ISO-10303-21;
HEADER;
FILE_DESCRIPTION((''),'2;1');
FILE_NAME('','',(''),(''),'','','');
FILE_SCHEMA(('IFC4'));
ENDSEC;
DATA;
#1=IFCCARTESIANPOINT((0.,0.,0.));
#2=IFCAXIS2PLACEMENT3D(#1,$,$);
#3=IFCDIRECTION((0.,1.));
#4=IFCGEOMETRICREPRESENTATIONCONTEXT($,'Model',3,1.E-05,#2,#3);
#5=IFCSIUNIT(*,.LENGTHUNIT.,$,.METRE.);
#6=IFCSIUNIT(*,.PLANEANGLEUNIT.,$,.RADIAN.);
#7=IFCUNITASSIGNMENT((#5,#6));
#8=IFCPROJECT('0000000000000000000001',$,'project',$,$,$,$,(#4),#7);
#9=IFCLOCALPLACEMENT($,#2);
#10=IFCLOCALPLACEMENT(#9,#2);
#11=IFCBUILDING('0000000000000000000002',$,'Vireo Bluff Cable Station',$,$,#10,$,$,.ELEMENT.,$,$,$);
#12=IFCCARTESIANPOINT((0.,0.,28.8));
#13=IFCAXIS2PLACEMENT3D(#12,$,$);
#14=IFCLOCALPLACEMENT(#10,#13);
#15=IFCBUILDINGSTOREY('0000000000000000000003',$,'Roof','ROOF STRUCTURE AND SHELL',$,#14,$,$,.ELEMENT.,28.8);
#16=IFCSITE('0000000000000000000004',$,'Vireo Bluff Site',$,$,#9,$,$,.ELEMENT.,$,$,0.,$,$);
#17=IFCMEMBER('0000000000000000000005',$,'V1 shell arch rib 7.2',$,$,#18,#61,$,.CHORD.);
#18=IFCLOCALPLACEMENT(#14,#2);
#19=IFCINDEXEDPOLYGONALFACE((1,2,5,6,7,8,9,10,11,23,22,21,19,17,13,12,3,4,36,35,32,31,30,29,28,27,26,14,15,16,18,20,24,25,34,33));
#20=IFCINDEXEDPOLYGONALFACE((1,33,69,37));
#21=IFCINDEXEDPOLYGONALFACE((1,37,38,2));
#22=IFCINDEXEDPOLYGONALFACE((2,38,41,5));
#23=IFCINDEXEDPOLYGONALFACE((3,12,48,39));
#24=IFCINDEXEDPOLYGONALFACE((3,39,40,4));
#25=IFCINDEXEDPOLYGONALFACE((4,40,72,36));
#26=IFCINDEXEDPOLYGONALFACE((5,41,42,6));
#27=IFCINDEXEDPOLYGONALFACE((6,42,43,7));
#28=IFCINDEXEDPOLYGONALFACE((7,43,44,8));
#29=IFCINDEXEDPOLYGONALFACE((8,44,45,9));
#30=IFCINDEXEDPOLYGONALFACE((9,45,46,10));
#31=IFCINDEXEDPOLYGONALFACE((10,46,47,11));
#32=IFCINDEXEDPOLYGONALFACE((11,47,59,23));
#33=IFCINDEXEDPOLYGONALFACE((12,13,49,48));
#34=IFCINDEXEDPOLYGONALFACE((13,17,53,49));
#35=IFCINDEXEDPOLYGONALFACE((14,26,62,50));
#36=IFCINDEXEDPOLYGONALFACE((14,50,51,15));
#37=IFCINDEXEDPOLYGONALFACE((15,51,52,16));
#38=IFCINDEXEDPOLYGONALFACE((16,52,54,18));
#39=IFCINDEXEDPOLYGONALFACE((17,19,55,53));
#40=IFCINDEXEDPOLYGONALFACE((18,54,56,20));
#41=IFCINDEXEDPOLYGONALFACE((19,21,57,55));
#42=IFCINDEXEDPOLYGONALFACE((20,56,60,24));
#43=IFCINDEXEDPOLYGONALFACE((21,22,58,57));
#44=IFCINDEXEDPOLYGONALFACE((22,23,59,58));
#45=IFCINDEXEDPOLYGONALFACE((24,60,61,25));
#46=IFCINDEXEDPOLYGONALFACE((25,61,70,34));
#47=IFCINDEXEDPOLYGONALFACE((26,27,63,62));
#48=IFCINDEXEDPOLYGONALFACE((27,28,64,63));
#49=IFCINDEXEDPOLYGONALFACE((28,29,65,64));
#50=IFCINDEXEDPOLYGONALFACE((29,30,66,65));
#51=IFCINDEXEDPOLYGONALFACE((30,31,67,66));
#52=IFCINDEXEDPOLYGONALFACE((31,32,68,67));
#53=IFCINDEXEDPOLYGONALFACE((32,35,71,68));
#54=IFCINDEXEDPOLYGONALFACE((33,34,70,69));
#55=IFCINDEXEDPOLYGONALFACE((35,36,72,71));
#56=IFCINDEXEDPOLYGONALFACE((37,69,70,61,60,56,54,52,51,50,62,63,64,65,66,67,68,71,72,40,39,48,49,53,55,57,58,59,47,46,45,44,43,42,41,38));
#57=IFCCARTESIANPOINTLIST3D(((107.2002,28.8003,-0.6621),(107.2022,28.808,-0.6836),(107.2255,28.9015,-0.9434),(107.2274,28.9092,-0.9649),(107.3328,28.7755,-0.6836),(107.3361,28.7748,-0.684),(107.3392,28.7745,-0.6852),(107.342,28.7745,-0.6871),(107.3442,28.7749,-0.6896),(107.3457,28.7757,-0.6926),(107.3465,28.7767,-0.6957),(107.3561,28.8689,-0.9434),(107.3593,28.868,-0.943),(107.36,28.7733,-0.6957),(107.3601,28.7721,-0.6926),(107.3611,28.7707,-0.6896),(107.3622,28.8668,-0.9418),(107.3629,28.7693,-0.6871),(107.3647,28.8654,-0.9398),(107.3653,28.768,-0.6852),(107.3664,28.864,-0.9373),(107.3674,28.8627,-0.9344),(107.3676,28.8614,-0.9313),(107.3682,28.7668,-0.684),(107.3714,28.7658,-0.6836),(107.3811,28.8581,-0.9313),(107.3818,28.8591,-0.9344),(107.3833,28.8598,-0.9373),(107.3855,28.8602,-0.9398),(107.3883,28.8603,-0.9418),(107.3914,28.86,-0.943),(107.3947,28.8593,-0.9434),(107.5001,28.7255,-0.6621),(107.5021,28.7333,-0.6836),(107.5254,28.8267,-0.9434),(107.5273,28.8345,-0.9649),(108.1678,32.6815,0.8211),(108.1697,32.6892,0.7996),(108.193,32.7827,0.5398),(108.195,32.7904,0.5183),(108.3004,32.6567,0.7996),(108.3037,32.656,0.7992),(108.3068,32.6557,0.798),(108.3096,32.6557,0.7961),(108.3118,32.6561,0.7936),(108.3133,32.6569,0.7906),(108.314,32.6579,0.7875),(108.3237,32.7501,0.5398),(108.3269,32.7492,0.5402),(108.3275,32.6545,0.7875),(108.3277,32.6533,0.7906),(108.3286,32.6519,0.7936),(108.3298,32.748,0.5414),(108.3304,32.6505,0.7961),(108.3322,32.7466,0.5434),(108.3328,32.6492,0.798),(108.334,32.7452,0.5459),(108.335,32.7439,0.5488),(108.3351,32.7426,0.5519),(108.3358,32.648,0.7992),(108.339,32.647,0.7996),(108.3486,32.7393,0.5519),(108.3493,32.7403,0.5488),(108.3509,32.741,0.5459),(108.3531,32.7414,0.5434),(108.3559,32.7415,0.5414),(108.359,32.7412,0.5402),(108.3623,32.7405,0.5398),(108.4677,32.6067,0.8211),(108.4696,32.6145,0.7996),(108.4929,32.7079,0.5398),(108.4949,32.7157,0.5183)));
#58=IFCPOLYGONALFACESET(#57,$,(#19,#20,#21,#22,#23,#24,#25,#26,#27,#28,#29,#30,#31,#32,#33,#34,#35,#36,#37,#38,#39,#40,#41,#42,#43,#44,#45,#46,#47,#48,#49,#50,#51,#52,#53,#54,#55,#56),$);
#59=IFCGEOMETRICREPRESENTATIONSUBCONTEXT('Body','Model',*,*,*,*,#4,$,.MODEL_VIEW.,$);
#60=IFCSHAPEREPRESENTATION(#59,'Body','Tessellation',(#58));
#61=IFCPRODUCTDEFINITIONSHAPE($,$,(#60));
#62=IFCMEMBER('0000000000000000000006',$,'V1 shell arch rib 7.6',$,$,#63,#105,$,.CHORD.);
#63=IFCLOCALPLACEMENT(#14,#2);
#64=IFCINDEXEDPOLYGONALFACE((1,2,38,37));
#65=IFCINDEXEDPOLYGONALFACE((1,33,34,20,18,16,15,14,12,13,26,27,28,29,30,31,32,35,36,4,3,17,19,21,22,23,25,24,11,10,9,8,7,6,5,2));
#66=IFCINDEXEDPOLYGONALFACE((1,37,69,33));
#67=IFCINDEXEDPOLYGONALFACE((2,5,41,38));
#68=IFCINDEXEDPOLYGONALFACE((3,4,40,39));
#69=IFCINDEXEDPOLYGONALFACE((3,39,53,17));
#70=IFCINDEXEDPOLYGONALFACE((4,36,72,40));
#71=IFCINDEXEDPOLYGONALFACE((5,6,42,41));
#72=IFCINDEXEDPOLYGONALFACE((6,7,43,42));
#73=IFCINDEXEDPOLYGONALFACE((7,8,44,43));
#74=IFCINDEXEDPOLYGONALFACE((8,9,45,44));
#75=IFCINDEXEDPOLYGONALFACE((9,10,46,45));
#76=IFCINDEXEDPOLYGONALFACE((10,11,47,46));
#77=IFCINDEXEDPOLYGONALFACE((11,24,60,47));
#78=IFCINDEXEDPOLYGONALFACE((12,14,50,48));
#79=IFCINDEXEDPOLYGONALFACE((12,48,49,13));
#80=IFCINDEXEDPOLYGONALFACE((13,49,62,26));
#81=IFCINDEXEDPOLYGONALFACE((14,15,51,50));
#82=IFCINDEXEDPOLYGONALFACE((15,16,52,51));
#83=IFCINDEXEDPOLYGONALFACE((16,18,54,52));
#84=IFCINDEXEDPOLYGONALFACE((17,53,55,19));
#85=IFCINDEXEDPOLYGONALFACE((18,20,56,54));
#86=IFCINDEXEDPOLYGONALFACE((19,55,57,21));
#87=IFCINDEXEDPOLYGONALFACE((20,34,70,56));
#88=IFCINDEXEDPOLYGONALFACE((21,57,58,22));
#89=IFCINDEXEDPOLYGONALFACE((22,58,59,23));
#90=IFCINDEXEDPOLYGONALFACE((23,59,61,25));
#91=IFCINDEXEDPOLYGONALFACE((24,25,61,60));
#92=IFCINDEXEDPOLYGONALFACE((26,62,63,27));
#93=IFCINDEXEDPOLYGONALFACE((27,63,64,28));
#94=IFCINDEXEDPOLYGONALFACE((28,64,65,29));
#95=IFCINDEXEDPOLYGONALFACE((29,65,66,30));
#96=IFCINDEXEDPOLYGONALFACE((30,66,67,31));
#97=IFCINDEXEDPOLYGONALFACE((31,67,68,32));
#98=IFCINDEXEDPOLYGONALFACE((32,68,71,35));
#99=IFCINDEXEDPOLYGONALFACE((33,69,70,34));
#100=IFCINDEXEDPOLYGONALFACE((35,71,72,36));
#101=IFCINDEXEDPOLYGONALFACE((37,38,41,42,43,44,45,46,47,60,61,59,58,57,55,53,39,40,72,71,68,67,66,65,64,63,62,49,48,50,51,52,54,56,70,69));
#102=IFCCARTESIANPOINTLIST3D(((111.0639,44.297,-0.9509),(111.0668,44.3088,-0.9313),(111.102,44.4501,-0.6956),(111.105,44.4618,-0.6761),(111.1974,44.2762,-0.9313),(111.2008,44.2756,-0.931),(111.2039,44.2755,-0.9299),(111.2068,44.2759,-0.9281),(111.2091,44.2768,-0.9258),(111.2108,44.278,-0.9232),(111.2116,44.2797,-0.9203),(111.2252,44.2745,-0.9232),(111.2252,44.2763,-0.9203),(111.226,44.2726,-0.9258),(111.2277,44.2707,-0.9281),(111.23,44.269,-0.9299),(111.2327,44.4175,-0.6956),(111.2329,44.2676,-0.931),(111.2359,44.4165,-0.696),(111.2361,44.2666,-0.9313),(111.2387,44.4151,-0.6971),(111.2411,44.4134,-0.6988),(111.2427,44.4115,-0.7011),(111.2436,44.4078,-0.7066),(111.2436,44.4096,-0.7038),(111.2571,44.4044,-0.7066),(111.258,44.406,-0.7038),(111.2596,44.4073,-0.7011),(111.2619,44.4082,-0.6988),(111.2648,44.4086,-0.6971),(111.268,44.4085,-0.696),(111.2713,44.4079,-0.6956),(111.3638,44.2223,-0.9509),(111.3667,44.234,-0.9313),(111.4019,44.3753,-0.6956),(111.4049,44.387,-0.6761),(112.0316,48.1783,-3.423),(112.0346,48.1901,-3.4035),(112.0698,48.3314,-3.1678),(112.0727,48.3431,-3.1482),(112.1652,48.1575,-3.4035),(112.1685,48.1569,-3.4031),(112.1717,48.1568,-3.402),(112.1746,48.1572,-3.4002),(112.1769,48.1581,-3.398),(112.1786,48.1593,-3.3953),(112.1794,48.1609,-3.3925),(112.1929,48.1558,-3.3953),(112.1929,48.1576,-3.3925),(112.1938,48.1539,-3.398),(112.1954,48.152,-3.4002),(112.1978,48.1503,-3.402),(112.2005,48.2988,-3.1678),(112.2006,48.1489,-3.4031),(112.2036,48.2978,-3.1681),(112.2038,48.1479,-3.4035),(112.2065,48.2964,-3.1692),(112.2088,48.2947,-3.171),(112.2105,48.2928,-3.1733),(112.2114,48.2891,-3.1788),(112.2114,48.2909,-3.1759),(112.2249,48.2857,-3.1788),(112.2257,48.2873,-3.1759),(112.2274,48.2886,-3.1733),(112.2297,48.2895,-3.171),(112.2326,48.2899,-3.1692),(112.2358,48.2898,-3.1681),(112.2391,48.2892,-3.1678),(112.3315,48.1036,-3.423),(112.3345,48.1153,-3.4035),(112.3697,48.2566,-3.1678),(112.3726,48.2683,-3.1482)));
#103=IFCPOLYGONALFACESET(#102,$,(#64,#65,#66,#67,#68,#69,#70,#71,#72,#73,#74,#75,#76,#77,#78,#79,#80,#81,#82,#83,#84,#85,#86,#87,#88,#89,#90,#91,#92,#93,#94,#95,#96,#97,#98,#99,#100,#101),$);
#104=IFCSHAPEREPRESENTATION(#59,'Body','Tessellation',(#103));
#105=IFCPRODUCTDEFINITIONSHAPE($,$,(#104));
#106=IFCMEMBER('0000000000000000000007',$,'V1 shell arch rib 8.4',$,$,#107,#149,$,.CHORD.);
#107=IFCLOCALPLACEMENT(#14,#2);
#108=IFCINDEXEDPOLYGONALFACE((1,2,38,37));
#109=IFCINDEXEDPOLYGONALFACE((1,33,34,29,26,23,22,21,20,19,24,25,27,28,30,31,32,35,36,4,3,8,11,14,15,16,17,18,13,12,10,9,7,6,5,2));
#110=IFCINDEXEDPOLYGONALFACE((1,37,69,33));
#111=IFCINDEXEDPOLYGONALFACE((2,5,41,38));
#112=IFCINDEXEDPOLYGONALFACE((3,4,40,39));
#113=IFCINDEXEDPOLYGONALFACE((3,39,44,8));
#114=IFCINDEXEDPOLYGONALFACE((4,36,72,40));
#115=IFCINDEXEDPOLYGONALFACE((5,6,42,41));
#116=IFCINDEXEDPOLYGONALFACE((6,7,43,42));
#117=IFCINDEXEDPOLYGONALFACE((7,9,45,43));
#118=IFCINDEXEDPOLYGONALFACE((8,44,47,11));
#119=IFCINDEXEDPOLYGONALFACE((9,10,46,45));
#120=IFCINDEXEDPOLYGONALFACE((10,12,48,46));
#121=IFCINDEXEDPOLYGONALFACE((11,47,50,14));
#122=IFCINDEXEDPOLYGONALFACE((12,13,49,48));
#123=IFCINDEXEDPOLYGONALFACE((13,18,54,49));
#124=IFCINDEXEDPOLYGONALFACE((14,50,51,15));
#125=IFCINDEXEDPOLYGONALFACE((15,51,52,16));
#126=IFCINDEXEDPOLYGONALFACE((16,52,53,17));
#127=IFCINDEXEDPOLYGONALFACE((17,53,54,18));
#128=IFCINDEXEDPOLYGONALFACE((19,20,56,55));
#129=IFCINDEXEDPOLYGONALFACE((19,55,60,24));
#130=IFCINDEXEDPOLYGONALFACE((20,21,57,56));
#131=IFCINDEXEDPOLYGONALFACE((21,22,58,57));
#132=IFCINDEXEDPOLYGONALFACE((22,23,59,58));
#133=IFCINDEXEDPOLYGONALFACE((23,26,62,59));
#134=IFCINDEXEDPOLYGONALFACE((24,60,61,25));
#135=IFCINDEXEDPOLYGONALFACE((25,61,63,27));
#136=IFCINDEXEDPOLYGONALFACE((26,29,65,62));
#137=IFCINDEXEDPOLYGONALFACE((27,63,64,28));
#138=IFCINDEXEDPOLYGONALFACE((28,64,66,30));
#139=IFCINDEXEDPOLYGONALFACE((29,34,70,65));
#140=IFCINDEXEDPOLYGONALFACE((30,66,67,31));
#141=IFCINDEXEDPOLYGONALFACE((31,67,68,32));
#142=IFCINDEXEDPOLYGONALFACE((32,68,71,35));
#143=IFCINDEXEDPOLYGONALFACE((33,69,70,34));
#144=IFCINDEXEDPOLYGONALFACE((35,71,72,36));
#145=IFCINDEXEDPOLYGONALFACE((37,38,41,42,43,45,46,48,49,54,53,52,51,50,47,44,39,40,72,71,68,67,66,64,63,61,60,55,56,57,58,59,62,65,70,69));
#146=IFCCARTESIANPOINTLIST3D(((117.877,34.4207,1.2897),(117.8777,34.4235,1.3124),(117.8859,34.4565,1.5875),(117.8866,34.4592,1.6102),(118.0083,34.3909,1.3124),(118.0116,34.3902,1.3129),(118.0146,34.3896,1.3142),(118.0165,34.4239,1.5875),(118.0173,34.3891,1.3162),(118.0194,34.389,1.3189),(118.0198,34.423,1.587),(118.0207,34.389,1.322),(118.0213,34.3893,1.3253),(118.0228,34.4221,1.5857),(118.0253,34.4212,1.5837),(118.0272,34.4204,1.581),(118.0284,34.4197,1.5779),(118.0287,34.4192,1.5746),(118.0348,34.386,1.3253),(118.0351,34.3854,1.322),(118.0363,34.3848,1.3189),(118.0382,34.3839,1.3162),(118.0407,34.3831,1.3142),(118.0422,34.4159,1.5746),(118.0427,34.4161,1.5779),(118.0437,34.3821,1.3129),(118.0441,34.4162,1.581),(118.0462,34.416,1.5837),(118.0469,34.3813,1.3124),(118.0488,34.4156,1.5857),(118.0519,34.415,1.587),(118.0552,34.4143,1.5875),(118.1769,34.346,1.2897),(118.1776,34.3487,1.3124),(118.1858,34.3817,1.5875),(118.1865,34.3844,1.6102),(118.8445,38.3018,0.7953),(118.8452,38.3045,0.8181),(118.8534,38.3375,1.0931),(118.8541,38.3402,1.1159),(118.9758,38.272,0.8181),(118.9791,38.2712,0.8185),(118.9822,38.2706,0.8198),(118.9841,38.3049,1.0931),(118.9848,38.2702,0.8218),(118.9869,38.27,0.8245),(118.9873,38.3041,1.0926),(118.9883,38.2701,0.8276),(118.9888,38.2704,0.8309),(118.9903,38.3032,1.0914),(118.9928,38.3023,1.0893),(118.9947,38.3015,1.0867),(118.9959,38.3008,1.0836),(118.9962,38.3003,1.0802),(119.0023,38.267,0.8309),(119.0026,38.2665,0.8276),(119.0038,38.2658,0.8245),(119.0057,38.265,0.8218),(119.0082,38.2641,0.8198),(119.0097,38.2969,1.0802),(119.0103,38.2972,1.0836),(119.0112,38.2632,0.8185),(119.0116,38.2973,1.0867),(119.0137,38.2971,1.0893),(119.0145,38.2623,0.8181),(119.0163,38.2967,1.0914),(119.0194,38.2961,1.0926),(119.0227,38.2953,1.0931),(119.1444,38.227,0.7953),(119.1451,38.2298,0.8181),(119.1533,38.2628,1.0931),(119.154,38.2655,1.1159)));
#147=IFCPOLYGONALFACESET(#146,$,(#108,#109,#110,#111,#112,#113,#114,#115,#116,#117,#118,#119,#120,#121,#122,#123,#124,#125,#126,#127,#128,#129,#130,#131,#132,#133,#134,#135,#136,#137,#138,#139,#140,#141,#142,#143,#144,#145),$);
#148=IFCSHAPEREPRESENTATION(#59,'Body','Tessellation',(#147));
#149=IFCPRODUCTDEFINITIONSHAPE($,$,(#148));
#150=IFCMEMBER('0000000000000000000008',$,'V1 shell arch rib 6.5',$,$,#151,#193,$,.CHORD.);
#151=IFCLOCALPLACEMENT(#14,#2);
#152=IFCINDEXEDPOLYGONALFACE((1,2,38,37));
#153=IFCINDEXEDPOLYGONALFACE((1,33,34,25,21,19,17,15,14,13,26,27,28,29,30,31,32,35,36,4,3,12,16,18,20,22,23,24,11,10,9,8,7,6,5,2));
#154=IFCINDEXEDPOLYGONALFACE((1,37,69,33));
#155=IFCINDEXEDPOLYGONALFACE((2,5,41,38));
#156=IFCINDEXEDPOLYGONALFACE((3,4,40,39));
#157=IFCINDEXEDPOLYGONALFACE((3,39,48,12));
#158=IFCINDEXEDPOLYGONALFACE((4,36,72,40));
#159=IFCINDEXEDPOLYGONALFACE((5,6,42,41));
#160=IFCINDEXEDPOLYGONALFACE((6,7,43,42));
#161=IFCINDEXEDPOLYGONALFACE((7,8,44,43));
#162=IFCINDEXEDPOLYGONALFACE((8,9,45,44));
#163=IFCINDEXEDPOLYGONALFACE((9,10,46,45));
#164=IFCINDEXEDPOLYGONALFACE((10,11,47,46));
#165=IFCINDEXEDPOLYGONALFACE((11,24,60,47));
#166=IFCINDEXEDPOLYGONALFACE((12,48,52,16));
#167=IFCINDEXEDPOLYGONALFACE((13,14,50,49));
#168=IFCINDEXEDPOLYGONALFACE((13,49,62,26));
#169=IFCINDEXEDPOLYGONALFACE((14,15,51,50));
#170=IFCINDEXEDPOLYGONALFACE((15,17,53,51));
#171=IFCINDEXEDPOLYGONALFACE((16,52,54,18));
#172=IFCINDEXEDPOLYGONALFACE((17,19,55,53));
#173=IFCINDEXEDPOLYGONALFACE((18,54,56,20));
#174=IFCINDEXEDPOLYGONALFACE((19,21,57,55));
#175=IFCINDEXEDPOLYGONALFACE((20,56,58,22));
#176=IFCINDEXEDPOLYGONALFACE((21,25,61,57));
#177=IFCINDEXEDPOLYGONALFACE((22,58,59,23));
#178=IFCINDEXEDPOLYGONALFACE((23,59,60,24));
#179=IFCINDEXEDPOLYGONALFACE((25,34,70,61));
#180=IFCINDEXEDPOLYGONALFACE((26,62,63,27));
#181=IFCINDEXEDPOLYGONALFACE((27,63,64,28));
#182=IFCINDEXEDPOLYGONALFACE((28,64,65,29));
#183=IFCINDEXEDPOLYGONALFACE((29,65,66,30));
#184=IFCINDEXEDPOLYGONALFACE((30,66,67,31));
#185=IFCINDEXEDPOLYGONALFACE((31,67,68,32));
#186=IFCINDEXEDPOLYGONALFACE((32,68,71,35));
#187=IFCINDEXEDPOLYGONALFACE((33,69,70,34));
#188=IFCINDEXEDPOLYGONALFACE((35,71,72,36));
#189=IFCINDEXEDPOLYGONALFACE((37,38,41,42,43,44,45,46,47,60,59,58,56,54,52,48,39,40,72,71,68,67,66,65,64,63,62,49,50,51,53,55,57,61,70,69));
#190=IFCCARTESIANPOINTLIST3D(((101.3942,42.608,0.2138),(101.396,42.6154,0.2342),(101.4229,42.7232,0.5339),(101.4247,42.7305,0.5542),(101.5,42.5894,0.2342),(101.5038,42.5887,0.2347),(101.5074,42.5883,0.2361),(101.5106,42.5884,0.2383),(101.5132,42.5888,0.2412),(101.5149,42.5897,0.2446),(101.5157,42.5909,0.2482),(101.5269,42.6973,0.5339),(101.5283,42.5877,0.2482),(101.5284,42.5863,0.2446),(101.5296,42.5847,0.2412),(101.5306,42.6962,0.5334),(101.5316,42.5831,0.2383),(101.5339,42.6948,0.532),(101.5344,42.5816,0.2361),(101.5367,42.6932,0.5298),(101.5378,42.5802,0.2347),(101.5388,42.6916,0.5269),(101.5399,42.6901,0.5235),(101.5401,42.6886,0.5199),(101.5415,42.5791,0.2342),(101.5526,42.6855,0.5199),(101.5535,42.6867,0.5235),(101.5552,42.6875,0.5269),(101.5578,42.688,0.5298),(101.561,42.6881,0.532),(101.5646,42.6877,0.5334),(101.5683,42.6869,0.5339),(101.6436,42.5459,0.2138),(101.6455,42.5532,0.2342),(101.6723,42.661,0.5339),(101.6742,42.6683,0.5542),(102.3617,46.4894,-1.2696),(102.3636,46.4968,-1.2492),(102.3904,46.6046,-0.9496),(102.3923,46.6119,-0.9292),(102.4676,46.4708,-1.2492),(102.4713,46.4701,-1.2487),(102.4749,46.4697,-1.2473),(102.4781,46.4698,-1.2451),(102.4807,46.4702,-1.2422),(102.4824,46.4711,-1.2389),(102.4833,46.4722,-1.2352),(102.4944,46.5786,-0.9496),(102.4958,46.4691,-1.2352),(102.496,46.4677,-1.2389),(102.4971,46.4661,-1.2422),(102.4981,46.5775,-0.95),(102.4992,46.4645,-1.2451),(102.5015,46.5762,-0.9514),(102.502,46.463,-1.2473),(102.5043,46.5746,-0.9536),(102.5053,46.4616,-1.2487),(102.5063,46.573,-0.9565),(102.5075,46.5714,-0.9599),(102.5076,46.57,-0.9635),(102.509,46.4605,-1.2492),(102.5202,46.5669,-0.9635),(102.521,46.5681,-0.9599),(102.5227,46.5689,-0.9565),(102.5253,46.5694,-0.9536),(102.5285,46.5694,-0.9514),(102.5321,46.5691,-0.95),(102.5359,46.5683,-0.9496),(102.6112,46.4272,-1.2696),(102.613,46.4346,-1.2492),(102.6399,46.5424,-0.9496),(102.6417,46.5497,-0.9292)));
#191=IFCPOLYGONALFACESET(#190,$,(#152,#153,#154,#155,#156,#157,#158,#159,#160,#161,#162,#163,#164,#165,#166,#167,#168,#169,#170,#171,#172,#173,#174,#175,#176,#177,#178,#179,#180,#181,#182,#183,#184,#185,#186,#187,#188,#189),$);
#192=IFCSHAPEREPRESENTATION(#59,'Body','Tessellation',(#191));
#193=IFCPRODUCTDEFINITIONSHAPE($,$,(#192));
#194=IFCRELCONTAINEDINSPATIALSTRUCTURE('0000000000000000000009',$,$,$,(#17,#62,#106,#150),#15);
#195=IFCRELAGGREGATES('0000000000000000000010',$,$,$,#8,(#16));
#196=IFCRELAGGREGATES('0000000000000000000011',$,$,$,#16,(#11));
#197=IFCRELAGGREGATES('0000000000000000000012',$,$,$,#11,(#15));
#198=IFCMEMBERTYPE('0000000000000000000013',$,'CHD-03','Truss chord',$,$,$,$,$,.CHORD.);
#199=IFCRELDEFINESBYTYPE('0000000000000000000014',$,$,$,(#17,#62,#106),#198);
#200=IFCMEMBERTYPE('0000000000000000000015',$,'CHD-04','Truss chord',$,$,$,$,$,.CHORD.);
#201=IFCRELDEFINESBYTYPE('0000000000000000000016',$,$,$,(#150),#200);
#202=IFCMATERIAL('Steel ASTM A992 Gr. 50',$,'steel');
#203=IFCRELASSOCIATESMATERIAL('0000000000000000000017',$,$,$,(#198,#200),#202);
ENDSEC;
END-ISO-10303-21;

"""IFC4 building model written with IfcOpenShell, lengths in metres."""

from ifc_helpers import new_model, si_unit, direction, frame, origin, origin_2d, place, context, subcontext, project, spatial, i_section, extrude, material, material_profile, profile_set, type_object, element, save


model = new_model("IFC4")

# Units and contexts
model_context = context("Model", 3, precision=1e-05, world=origin(), true_north=direction((0.0, 1.0)))
body_context = subcontext(model_context, "Body", "Model", "MODEL_VIEW")
ifc_project = project(units=[si_unit("LENGTHUNIT", "METRE"), si_unit("PLANEANGLEUNIT", "RADIAN")], contexts=[model_context])

# Site, building, storey
site_placement = place(None, origin())
site = spatial("IfcSite", under=ifc_project, at=site_placement, Name="Vireo Bluff Site", CompositionType="ELEMENT", RefElevation=0.0)
building_placement = place(site_placement, origin())
building = spatial("IfcBuilding", under=site, at=building_placement, Name="Vireo Bluff Cable Station", CompositionType="ELEMENT")
storey_placement = place(building_placement, frame((0.0, 0.0, 28.8)))
storey = spatial("IfcBuildingStorey", under=building, at=storey_placement, Name="Roof", Description="ROOF STRUCTURE AND SHELL", CompositionType="ELEMENT", Elevation=28.8)

# Members
ifc_material_1 = material(Name="Steel ASTM A992 Gr. 50", Category="steel")
ifc_material_profile_1 = material_profile(ifc_material_1, i_section(OverallWidth=0.3091, OverallDepth=0.323, WebThickness=0.0139, FlangeThickness=0.0229, FilletRadius=0.0129, at=origin_2d()), Name="W12X96")
ifc_profile_set_1 = profile_set([ifc_material_profile_1], Name="Steel ASTM A992 Gr. 50")
member_type_1 = type_object("IfcMemberType", Name="CHD-03", Description="Truss chord", PredefinedType="CHORD", material=ifc_profile_set_1)
member_1_placement = place(storey_placement, frame((107.3638, 28.8174, -0.8135), z_axis=(0.2268, 0.909774, 0.347668), x_axis=(-0.970304, 0.241889, 0.0)))
element("IfcMember", 1, at=member_1_placement, inside=storey, type_object=member_type_1, Name="V1 shell arch rib 7.2", PredefinedType="CHORD", context=body_context, shape_type="SweptSolid", body=[
    extrude(i_section(OverallWidth=0.3091, OverallDepth=0.323, WebThickness=0.0139, FlangeThickness=0.0229, FilletRadius=0.0129, at=origin_2d()), origin(), (0.0, 0.0, 1.0), 4.2661),
])
member_2_placement = place(storey_placement, frame((111.2344, 44.342, -0.8135), z_axis=(0.205802, 0.825388, -0.525719), x_axis=(-0.970293, 0.241932, 0.0)))
element("IfcMember", 2, at=member_2_placement, inside=storey, type_object=member_type_1, Name="V1 shell arch rib 7.6", PredefinedType="CHORD", context=body_context, shape_type="SweptSolid", body=[
    extrude(i_section(OverallWidth=0.3091, OverallDepth=0.323, WebThickness=0.0139, FlangeThickness=0.0229, FilletRadius=0.0129, at=origin_2d()), origin(), (0.0, 0.0, 1.0), 4.7024),
])
member_3_placement = place(storey_placement, frame((118.0317, 34.4026, 1.45), z_axis=(0.240063, 0.962976, -0.122666), x_axis=(-0.970304, 0.241889, 0.0)))
element("IfcMember", 3, at=member_3_placement, inside=storey, type_object=member_type_1, Name="V1 shell arch rib 8.4", PredefinedType="CHORD", context=body_context, shape_type="SweptSolid", body=[
    extrude(i_section(OverallWidth=0.3091, OverallDepth=0.323, WebThickness=0.0139, FlangeThickness=0.0229, FilletRadius=0.0129, at=origin_2d()), origin(), (0.0, 0.0, 1.0), 4.0303),
])
ifc_material_profile_2 = material_profile(ifc_material_1, i_section(OverallWidth=0.2571, OverallDepth=0.363, WebThickness=0.0129, FlangeThickness=0.0217, FilletRadius=0.0149, at=origin_2d()), Name="W14X82")
ifc_profile_set_2 = profile_set([ifc_material_profile_2], Name="Steel ASTM A992 Gr. 50")
member_type_2 = type_object("IfcMemberType", Name="CHD-04", Description="Truss chord", PredefinedType="CHORD", material=ifc_profile_set_2)
member_4_placement = place(storey_placement, frame((101.5342, 42.6382, 0.384), z_axis=(0.226783, 0.909766, -0.3477), x_axis=(-0.970307, 0.241875, 0.0)))
element("IfcMember", 4, at=member_4_placement, inside=storey, type_object=member_type_2, Name="V1 shell arch rib 6.5", PredefinedType="CHORD", context=body_context, shape_type="SweptSolid", body=[
    extrude(i_section(OverallWidth=0.2571, OverallDepth=0.363, WebThickness=0.0129, FlangeThickness=0.0217, FilletRadius=0.0149, at=origin_2d()), origin(), (0.0, 0.0, 1.0), 4.2664),
])

save(model, "model.ifc")
